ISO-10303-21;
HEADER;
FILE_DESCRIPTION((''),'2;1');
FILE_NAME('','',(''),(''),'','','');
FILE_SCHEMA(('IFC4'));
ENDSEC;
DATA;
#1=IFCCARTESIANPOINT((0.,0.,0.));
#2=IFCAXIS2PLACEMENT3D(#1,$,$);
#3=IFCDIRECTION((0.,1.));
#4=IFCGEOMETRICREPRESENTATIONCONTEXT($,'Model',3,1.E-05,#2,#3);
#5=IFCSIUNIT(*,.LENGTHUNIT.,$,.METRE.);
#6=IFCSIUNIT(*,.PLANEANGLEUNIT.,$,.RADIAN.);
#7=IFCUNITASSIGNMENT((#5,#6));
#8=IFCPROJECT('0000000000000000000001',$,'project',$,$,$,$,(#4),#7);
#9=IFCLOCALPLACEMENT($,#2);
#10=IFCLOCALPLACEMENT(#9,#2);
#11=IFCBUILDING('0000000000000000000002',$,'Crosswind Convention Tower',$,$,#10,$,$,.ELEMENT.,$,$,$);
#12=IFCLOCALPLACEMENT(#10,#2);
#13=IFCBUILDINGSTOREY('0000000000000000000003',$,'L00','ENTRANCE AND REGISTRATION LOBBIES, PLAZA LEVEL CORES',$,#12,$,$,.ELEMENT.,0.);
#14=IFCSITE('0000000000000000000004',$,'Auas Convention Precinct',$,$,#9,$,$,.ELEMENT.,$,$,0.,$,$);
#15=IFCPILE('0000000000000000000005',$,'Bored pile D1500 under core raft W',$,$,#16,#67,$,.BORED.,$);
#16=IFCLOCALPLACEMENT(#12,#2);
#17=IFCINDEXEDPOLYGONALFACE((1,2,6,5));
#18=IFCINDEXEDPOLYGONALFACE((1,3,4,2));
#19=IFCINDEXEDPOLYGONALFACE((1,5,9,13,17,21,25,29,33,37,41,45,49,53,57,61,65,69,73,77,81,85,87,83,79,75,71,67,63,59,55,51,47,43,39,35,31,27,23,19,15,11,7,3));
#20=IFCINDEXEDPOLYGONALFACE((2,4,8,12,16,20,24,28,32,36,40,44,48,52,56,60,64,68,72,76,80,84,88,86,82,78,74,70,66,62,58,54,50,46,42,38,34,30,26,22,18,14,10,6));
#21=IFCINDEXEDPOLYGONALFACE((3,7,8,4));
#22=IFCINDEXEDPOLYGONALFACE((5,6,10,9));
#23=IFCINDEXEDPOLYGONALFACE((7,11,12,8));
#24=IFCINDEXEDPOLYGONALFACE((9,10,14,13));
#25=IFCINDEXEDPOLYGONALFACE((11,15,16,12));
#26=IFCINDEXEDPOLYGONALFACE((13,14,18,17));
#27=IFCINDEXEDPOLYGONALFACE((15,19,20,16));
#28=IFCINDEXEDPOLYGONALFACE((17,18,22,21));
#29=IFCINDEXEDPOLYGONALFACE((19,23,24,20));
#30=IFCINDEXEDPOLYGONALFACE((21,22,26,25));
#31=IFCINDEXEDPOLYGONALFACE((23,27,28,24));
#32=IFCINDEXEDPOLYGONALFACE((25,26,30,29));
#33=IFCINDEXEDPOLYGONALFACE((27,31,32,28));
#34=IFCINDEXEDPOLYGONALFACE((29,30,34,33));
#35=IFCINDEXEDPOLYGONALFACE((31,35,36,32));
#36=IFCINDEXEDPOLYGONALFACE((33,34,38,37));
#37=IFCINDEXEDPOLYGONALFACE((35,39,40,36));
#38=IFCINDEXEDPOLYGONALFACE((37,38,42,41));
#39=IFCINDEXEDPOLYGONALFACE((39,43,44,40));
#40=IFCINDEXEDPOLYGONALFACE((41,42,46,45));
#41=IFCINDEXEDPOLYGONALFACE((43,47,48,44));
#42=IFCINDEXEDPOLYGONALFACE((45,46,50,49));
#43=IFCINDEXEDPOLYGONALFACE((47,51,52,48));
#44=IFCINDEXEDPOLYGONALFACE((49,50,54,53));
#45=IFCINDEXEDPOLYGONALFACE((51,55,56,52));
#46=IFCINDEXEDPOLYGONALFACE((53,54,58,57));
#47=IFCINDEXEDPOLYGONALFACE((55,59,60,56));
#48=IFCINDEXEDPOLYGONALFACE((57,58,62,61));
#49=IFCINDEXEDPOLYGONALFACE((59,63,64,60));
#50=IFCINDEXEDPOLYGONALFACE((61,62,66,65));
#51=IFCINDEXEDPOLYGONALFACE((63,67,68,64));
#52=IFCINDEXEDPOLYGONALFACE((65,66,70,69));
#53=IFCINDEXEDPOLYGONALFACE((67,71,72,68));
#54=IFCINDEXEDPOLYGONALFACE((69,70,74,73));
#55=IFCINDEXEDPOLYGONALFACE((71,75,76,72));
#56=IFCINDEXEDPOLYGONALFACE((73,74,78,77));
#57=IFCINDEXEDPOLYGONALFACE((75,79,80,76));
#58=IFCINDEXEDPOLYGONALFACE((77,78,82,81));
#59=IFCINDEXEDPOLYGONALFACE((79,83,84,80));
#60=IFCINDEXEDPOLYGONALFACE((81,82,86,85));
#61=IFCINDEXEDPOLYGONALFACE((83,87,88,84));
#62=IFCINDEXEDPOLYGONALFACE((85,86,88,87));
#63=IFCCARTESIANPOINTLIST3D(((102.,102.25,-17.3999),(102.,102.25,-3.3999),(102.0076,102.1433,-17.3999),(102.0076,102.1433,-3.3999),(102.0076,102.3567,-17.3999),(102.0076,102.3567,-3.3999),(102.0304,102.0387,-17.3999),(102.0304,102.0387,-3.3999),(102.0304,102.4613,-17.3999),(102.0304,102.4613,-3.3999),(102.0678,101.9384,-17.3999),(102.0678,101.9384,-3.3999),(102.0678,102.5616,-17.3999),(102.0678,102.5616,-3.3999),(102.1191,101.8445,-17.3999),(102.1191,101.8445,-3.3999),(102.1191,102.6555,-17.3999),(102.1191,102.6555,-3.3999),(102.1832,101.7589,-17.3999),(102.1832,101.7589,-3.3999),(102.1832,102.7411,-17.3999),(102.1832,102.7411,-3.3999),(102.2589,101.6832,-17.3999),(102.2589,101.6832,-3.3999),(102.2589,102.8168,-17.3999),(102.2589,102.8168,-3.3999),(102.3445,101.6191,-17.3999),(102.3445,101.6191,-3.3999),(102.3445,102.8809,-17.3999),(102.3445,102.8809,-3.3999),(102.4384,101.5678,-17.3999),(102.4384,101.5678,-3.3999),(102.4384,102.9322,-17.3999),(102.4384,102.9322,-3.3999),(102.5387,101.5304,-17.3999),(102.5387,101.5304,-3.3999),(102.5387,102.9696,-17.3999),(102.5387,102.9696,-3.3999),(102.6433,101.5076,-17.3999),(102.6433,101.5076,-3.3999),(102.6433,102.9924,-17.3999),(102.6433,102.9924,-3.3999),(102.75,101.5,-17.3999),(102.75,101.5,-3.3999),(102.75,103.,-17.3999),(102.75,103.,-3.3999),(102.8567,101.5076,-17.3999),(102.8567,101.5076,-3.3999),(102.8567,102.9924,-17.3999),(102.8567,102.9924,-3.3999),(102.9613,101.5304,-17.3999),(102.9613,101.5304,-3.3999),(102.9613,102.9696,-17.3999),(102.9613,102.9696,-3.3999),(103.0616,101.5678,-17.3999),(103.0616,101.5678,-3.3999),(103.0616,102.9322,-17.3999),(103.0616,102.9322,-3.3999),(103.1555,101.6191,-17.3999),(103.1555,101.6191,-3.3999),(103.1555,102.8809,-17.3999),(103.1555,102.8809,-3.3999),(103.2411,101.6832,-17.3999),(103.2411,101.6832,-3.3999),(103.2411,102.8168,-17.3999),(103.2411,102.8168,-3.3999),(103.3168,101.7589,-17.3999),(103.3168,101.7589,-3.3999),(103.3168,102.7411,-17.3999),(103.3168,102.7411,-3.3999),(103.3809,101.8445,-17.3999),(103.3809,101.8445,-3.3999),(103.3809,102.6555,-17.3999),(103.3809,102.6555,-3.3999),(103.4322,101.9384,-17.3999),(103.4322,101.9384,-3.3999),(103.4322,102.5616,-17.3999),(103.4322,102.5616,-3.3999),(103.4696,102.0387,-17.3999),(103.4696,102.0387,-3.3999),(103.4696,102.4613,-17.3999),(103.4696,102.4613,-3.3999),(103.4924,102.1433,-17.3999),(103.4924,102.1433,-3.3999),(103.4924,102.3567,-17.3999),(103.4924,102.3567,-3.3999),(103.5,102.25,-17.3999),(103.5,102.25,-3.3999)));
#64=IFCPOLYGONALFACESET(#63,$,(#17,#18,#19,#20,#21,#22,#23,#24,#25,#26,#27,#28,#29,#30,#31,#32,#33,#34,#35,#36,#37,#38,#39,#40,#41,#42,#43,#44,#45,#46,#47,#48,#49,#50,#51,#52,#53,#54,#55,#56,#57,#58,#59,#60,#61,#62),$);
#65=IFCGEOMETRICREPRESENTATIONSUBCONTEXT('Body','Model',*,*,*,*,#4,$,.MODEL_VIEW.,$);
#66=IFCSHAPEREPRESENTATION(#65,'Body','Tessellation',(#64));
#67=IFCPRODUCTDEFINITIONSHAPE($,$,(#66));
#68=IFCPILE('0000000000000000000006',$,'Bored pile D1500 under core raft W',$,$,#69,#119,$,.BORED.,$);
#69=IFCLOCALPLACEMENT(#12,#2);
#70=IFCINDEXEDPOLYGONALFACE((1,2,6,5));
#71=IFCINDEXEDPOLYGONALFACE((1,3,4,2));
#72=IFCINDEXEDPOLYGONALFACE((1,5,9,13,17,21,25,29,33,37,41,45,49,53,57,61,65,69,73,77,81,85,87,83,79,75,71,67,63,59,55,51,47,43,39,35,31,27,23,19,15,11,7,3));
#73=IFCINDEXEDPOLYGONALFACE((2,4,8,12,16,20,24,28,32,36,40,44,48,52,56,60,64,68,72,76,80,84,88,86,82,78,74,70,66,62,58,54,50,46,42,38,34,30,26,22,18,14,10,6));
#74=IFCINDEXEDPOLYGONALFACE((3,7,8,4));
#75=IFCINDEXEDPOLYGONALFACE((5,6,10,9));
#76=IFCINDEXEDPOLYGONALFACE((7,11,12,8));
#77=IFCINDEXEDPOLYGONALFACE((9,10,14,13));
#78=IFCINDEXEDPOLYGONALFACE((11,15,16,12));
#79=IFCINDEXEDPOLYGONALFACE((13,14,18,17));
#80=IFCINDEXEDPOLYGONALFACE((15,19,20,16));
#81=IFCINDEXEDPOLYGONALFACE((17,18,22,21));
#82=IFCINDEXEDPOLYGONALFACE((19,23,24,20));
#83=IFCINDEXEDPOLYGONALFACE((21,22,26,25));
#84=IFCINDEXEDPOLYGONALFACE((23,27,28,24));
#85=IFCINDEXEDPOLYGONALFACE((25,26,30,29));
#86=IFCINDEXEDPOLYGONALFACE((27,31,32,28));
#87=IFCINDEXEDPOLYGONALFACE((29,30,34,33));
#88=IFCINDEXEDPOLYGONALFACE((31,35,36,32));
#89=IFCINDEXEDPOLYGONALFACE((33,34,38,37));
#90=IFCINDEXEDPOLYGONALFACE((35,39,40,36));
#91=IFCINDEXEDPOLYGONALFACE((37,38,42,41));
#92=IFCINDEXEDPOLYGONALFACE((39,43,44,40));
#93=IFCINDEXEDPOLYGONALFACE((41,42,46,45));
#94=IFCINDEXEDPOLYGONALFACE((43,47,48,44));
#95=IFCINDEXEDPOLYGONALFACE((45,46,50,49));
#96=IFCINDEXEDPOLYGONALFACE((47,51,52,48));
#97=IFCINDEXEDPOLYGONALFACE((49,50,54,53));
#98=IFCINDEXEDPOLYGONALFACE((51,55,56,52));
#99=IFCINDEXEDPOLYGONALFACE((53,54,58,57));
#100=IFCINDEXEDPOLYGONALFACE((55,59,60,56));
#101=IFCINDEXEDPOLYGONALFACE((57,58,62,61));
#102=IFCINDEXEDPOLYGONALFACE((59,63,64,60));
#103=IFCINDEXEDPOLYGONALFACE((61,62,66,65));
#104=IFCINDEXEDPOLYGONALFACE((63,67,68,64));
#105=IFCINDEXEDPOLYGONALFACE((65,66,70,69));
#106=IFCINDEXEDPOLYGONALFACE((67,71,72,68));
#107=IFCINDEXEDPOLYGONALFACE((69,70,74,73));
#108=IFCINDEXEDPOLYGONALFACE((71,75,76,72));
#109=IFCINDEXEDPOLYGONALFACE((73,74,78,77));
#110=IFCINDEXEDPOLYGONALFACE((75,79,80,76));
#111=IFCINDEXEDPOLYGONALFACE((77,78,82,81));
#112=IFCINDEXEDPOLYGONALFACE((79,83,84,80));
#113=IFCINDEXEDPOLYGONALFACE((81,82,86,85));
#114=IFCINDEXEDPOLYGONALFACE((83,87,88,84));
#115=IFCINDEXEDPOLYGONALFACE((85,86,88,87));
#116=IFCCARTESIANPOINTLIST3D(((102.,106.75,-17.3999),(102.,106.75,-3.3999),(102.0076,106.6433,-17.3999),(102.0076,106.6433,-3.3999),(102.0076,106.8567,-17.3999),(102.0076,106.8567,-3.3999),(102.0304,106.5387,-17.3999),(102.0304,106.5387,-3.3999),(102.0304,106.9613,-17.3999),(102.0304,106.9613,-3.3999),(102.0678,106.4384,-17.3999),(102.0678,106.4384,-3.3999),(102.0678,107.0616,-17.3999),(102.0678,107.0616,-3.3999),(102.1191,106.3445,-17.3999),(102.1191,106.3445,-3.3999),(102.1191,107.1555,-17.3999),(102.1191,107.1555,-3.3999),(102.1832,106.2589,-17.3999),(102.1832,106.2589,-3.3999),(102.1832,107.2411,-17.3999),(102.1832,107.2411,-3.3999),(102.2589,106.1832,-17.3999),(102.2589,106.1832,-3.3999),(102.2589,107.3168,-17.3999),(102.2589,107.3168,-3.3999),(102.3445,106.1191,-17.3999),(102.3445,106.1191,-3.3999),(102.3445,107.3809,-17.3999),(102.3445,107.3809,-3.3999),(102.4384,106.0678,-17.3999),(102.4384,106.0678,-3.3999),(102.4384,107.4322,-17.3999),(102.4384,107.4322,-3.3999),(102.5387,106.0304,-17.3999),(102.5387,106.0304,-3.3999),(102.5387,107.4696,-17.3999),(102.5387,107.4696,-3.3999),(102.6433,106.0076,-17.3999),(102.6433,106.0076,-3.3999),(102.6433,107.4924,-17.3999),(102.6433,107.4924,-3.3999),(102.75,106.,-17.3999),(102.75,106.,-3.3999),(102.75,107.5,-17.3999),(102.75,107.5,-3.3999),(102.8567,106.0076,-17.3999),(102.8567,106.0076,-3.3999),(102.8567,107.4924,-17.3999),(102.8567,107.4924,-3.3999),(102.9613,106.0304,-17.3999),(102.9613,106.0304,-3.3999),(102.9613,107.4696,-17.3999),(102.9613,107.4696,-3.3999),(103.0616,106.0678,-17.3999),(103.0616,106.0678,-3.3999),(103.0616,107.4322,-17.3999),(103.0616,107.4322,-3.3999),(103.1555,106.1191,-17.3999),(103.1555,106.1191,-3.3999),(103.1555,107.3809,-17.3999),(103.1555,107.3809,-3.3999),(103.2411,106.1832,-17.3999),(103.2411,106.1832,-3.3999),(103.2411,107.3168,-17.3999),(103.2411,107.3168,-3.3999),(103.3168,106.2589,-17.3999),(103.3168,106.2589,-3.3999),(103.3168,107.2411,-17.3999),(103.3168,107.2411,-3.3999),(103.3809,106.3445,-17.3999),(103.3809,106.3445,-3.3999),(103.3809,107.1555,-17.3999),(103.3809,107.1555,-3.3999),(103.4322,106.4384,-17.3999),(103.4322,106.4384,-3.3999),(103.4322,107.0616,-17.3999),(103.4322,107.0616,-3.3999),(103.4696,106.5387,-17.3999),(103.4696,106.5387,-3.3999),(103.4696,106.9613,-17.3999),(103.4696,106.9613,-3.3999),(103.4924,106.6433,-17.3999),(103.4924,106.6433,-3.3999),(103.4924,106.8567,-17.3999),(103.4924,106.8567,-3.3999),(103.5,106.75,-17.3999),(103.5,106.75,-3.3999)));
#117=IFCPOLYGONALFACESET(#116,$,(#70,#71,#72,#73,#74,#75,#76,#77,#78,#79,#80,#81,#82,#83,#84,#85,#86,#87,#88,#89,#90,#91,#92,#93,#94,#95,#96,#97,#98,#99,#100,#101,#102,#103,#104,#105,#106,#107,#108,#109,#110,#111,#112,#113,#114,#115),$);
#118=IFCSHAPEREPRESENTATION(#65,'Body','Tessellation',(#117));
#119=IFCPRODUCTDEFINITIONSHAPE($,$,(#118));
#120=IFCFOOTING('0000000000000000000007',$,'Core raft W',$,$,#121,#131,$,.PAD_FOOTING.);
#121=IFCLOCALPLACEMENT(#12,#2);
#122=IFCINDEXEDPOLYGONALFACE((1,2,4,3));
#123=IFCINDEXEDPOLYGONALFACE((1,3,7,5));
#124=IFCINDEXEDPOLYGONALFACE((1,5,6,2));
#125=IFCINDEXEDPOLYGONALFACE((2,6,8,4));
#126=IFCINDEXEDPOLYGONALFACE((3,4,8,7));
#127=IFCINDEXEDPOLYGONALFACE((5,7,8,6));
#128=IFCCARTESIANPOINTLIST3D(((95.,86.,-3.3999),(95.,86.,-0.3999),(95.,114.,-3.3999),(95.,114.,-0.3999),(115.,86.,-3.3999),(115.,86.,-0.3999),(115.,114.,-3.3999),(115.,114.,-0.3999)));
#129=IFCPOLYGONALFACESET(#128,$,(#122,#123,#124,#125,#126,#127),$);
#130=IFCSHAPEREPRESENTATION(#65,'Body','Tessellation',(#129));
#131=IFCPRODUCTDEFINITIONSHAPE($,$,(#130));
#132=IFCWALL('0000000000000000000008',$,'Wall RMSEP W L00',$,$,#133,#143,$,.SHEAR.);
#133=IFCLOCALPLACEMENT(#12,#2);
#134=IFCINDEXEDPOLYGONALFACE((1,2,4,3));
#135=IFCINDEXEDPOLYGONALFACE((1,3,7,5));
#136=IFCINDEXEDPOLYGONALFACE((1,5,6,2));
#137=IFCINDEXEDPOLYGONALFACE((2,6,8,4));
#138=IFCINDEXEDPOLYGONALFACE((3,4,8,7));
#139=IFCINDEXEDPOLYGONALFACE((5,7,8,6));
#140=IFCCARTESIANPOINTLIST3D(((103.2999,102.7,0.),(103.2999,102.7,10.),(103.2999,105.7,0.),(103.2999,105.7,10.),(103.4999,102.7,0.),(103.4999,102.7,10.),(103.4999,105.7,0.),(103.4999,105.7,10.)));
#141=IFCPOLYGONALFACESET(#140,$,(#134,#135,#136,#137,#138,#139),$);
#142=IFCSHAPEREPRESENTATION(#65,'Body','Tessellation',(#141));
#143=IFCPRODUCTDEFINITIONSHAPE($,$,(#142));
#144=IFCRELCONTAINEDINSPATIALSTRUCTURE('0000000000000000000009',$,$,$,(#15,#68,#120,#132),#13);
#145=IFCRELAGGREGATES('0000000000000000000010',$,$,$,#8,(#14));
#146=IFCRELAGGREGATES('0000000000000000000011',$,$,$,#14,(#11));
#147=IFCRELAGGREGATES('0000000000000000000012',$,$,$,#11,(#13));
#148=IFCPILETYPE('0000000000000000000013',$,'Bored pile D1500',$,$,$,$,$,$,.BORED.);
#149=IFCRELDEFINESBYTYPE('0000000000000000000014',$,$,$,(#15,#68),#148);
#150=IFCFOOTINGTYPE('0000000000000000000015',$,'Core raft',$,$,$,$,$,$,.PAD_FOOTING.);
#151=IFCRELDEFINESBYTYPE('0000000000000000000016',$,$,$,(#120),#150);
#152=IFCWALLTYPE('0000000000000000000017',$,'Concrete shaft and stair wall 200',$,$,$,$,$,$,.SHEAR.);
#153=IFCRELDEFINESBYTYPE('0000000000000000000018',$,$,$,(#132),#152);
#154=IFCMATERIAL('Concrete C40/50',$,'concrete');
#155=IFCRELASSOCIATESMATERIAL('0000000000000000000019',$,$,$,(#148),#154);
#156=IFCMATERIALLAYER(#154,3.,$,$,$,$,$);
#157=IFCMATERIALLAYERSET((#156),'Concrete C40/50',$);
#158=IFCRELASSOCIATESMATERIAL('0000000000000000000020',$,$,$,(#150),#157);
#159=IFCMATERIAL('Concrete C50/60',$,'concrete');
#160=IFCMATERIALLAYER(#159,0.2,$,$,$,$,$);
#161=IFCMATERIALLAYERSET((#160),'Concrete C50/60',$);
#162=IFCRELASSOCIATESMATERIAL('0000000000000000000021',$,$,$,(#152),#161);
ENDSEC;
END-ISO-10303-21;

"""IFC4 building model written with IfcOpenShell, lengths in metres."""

from ifc_helpers import new_model, si_unit, direction, frame, frame_2d, origin, origin_2d, place, context, subcontext, project, spatial, rectangle, circle, extrude, material, layer, layer_set, material_profile, profile_set, type_object, element, save


model = new_model("IFC4")

# Units and contexts
model_context = context("Model", 3, precision=1e-05, world=origin(), true_north=direction((0.0, 1.0)))
body_context = subcontext(model_context, "Body", "Model", "MODEL_VIEW")
ifc_project = project(units=[si_unit("LENGTHUNIT", "METRE"), si_unit("PLANEANGLEUNIT", "RADIAN")], contexts=[model_context])

# Site, building, storey
site_placement = place(None, origin())
site = spatial("IfcSite", under=ifc_project, at=site_placement, Name="Auas Convention Precinct", CompositionType="ELEMENT", RefElevation=0.0)
building_placement = place(site_placement, origin())
building = spatial("IfcBuilding", under=site, at=building_placement, Name="Crosswind Convention Tower", CompositionType="ELEMENT")
storey_placement = place(building_placement, origin())
storey = spatial("IfcBuildingStorey", under=building, at=storey_placement, Name="L00", Description="ENTRANCE AND REGISTRATION LOBBIES, PLAZA LEVEL CORES", CompositionType="ELEMENT", Elevation=0.0)

# Piles
ifc_material_1 = material(Name="Concrete C40/50", Category="concrete")
ifc_material_profile = material_profile(ifc_material_1, circle(Radius=0.75, at=origin_2d()), Name="Bored pile D1500")
ifc_profile_set = profile_set([ifc_material_profile], Name="Concrete C40/50")
pile_type = type_object("IfcPileType", Name="Bored pile D1500", PredefinedType="BORED", material=ifc_profile_set)
for number, where, z_axis, x_axis, name in (
    (1, (102.75, 102.25, -3.3999), (0.0, 0.0, -1.0), (1.0, 0.0, 0.0), "Bored pile D1500 under core raft W"),
    (2, (102.75, 106.75, -3.3999), (0.0, 0.0, -1.0), (1.0, 0.0, 0.0), "Bored pile D1500 under core raft W"),
):
    element("IfcPile", number, at=place(storey_placement, frame(where, z_axis=z_axis, x_axis=x_axis)), inside=storey, type_object=pile_type, Name=name, PredefinedType="BORED", context=body_context, shape_type="SweptSolid", body=[
        extrude(circle(Radius=0.75, at=origin_2d()), origin(), (0.0, 0.0, 1.0), 14.0),
    ])

# Footing
ifc_layer_1 = layer(ifc_material_1, 3.0)
ifc_layer_set_1 = layer_set([ifc_layer_1], Name="Concrete C40/50")
footing_type = type_object("IfcFootingType", Name="Core raft", PredefinedType="PAD_FOOTING", material=ifc_layer_set_1)
footing_placement = place(storey_placement, frame((105.0, 100.0, -3.3999), z_axis=(0.0, 0.0, 1.0), x_axis=(1.0, 0.0, 0.0)))
element("IfcFooting", 3, at=footing_placement, inside=storey, type_object=footing_type, Name="Core raft W", PredefinedType="PAD_FOOTING", context=body_context, shape_type="SweptSolid", body=[
    extrude(rectangle(XDim=20.0, YDim=28.0, at=origin_2d()), origin(), (0.0, 0.0, 1.0), 3.0),
])

# Wall
ifc_material_2 = material(Name="Concrete C50/60", Category="concrete")
ifc_layer_2 = layer(ifc_material_2, 0.2)
ifc_layer_set_2 = layer_set([ifc_layer_2], Name="Concrete C50/60")
wall_type_1 = type_object("IfcWallType", Name="Concrete shaft and stair wall 200", PredefinedType="SHEAR", material=ifc_layer_set_2)
wall_1_placement = place(storey_placement, frame((103.3999, 105.7, 0.0), z_axis=(0.0, 0.0, 1.0), x_axis=(0.0, -1.0, 0.0)))
element("IfcWall", 4, at=wall_1_placement, inside=storey, type_object=wall_type_1, Name="Wall RMSEP W L00", PredefinedType="SHEAR", context=body_context, shape_type="SweptSolid", body=[
    extrude(rectangle(XDim=3.0, YDim=0.2, at=frame_2d((1.5, 0.0))), origin(), (0.0, 0.0, 1.0), 10.0),
])

save(model, "model.ifc")
